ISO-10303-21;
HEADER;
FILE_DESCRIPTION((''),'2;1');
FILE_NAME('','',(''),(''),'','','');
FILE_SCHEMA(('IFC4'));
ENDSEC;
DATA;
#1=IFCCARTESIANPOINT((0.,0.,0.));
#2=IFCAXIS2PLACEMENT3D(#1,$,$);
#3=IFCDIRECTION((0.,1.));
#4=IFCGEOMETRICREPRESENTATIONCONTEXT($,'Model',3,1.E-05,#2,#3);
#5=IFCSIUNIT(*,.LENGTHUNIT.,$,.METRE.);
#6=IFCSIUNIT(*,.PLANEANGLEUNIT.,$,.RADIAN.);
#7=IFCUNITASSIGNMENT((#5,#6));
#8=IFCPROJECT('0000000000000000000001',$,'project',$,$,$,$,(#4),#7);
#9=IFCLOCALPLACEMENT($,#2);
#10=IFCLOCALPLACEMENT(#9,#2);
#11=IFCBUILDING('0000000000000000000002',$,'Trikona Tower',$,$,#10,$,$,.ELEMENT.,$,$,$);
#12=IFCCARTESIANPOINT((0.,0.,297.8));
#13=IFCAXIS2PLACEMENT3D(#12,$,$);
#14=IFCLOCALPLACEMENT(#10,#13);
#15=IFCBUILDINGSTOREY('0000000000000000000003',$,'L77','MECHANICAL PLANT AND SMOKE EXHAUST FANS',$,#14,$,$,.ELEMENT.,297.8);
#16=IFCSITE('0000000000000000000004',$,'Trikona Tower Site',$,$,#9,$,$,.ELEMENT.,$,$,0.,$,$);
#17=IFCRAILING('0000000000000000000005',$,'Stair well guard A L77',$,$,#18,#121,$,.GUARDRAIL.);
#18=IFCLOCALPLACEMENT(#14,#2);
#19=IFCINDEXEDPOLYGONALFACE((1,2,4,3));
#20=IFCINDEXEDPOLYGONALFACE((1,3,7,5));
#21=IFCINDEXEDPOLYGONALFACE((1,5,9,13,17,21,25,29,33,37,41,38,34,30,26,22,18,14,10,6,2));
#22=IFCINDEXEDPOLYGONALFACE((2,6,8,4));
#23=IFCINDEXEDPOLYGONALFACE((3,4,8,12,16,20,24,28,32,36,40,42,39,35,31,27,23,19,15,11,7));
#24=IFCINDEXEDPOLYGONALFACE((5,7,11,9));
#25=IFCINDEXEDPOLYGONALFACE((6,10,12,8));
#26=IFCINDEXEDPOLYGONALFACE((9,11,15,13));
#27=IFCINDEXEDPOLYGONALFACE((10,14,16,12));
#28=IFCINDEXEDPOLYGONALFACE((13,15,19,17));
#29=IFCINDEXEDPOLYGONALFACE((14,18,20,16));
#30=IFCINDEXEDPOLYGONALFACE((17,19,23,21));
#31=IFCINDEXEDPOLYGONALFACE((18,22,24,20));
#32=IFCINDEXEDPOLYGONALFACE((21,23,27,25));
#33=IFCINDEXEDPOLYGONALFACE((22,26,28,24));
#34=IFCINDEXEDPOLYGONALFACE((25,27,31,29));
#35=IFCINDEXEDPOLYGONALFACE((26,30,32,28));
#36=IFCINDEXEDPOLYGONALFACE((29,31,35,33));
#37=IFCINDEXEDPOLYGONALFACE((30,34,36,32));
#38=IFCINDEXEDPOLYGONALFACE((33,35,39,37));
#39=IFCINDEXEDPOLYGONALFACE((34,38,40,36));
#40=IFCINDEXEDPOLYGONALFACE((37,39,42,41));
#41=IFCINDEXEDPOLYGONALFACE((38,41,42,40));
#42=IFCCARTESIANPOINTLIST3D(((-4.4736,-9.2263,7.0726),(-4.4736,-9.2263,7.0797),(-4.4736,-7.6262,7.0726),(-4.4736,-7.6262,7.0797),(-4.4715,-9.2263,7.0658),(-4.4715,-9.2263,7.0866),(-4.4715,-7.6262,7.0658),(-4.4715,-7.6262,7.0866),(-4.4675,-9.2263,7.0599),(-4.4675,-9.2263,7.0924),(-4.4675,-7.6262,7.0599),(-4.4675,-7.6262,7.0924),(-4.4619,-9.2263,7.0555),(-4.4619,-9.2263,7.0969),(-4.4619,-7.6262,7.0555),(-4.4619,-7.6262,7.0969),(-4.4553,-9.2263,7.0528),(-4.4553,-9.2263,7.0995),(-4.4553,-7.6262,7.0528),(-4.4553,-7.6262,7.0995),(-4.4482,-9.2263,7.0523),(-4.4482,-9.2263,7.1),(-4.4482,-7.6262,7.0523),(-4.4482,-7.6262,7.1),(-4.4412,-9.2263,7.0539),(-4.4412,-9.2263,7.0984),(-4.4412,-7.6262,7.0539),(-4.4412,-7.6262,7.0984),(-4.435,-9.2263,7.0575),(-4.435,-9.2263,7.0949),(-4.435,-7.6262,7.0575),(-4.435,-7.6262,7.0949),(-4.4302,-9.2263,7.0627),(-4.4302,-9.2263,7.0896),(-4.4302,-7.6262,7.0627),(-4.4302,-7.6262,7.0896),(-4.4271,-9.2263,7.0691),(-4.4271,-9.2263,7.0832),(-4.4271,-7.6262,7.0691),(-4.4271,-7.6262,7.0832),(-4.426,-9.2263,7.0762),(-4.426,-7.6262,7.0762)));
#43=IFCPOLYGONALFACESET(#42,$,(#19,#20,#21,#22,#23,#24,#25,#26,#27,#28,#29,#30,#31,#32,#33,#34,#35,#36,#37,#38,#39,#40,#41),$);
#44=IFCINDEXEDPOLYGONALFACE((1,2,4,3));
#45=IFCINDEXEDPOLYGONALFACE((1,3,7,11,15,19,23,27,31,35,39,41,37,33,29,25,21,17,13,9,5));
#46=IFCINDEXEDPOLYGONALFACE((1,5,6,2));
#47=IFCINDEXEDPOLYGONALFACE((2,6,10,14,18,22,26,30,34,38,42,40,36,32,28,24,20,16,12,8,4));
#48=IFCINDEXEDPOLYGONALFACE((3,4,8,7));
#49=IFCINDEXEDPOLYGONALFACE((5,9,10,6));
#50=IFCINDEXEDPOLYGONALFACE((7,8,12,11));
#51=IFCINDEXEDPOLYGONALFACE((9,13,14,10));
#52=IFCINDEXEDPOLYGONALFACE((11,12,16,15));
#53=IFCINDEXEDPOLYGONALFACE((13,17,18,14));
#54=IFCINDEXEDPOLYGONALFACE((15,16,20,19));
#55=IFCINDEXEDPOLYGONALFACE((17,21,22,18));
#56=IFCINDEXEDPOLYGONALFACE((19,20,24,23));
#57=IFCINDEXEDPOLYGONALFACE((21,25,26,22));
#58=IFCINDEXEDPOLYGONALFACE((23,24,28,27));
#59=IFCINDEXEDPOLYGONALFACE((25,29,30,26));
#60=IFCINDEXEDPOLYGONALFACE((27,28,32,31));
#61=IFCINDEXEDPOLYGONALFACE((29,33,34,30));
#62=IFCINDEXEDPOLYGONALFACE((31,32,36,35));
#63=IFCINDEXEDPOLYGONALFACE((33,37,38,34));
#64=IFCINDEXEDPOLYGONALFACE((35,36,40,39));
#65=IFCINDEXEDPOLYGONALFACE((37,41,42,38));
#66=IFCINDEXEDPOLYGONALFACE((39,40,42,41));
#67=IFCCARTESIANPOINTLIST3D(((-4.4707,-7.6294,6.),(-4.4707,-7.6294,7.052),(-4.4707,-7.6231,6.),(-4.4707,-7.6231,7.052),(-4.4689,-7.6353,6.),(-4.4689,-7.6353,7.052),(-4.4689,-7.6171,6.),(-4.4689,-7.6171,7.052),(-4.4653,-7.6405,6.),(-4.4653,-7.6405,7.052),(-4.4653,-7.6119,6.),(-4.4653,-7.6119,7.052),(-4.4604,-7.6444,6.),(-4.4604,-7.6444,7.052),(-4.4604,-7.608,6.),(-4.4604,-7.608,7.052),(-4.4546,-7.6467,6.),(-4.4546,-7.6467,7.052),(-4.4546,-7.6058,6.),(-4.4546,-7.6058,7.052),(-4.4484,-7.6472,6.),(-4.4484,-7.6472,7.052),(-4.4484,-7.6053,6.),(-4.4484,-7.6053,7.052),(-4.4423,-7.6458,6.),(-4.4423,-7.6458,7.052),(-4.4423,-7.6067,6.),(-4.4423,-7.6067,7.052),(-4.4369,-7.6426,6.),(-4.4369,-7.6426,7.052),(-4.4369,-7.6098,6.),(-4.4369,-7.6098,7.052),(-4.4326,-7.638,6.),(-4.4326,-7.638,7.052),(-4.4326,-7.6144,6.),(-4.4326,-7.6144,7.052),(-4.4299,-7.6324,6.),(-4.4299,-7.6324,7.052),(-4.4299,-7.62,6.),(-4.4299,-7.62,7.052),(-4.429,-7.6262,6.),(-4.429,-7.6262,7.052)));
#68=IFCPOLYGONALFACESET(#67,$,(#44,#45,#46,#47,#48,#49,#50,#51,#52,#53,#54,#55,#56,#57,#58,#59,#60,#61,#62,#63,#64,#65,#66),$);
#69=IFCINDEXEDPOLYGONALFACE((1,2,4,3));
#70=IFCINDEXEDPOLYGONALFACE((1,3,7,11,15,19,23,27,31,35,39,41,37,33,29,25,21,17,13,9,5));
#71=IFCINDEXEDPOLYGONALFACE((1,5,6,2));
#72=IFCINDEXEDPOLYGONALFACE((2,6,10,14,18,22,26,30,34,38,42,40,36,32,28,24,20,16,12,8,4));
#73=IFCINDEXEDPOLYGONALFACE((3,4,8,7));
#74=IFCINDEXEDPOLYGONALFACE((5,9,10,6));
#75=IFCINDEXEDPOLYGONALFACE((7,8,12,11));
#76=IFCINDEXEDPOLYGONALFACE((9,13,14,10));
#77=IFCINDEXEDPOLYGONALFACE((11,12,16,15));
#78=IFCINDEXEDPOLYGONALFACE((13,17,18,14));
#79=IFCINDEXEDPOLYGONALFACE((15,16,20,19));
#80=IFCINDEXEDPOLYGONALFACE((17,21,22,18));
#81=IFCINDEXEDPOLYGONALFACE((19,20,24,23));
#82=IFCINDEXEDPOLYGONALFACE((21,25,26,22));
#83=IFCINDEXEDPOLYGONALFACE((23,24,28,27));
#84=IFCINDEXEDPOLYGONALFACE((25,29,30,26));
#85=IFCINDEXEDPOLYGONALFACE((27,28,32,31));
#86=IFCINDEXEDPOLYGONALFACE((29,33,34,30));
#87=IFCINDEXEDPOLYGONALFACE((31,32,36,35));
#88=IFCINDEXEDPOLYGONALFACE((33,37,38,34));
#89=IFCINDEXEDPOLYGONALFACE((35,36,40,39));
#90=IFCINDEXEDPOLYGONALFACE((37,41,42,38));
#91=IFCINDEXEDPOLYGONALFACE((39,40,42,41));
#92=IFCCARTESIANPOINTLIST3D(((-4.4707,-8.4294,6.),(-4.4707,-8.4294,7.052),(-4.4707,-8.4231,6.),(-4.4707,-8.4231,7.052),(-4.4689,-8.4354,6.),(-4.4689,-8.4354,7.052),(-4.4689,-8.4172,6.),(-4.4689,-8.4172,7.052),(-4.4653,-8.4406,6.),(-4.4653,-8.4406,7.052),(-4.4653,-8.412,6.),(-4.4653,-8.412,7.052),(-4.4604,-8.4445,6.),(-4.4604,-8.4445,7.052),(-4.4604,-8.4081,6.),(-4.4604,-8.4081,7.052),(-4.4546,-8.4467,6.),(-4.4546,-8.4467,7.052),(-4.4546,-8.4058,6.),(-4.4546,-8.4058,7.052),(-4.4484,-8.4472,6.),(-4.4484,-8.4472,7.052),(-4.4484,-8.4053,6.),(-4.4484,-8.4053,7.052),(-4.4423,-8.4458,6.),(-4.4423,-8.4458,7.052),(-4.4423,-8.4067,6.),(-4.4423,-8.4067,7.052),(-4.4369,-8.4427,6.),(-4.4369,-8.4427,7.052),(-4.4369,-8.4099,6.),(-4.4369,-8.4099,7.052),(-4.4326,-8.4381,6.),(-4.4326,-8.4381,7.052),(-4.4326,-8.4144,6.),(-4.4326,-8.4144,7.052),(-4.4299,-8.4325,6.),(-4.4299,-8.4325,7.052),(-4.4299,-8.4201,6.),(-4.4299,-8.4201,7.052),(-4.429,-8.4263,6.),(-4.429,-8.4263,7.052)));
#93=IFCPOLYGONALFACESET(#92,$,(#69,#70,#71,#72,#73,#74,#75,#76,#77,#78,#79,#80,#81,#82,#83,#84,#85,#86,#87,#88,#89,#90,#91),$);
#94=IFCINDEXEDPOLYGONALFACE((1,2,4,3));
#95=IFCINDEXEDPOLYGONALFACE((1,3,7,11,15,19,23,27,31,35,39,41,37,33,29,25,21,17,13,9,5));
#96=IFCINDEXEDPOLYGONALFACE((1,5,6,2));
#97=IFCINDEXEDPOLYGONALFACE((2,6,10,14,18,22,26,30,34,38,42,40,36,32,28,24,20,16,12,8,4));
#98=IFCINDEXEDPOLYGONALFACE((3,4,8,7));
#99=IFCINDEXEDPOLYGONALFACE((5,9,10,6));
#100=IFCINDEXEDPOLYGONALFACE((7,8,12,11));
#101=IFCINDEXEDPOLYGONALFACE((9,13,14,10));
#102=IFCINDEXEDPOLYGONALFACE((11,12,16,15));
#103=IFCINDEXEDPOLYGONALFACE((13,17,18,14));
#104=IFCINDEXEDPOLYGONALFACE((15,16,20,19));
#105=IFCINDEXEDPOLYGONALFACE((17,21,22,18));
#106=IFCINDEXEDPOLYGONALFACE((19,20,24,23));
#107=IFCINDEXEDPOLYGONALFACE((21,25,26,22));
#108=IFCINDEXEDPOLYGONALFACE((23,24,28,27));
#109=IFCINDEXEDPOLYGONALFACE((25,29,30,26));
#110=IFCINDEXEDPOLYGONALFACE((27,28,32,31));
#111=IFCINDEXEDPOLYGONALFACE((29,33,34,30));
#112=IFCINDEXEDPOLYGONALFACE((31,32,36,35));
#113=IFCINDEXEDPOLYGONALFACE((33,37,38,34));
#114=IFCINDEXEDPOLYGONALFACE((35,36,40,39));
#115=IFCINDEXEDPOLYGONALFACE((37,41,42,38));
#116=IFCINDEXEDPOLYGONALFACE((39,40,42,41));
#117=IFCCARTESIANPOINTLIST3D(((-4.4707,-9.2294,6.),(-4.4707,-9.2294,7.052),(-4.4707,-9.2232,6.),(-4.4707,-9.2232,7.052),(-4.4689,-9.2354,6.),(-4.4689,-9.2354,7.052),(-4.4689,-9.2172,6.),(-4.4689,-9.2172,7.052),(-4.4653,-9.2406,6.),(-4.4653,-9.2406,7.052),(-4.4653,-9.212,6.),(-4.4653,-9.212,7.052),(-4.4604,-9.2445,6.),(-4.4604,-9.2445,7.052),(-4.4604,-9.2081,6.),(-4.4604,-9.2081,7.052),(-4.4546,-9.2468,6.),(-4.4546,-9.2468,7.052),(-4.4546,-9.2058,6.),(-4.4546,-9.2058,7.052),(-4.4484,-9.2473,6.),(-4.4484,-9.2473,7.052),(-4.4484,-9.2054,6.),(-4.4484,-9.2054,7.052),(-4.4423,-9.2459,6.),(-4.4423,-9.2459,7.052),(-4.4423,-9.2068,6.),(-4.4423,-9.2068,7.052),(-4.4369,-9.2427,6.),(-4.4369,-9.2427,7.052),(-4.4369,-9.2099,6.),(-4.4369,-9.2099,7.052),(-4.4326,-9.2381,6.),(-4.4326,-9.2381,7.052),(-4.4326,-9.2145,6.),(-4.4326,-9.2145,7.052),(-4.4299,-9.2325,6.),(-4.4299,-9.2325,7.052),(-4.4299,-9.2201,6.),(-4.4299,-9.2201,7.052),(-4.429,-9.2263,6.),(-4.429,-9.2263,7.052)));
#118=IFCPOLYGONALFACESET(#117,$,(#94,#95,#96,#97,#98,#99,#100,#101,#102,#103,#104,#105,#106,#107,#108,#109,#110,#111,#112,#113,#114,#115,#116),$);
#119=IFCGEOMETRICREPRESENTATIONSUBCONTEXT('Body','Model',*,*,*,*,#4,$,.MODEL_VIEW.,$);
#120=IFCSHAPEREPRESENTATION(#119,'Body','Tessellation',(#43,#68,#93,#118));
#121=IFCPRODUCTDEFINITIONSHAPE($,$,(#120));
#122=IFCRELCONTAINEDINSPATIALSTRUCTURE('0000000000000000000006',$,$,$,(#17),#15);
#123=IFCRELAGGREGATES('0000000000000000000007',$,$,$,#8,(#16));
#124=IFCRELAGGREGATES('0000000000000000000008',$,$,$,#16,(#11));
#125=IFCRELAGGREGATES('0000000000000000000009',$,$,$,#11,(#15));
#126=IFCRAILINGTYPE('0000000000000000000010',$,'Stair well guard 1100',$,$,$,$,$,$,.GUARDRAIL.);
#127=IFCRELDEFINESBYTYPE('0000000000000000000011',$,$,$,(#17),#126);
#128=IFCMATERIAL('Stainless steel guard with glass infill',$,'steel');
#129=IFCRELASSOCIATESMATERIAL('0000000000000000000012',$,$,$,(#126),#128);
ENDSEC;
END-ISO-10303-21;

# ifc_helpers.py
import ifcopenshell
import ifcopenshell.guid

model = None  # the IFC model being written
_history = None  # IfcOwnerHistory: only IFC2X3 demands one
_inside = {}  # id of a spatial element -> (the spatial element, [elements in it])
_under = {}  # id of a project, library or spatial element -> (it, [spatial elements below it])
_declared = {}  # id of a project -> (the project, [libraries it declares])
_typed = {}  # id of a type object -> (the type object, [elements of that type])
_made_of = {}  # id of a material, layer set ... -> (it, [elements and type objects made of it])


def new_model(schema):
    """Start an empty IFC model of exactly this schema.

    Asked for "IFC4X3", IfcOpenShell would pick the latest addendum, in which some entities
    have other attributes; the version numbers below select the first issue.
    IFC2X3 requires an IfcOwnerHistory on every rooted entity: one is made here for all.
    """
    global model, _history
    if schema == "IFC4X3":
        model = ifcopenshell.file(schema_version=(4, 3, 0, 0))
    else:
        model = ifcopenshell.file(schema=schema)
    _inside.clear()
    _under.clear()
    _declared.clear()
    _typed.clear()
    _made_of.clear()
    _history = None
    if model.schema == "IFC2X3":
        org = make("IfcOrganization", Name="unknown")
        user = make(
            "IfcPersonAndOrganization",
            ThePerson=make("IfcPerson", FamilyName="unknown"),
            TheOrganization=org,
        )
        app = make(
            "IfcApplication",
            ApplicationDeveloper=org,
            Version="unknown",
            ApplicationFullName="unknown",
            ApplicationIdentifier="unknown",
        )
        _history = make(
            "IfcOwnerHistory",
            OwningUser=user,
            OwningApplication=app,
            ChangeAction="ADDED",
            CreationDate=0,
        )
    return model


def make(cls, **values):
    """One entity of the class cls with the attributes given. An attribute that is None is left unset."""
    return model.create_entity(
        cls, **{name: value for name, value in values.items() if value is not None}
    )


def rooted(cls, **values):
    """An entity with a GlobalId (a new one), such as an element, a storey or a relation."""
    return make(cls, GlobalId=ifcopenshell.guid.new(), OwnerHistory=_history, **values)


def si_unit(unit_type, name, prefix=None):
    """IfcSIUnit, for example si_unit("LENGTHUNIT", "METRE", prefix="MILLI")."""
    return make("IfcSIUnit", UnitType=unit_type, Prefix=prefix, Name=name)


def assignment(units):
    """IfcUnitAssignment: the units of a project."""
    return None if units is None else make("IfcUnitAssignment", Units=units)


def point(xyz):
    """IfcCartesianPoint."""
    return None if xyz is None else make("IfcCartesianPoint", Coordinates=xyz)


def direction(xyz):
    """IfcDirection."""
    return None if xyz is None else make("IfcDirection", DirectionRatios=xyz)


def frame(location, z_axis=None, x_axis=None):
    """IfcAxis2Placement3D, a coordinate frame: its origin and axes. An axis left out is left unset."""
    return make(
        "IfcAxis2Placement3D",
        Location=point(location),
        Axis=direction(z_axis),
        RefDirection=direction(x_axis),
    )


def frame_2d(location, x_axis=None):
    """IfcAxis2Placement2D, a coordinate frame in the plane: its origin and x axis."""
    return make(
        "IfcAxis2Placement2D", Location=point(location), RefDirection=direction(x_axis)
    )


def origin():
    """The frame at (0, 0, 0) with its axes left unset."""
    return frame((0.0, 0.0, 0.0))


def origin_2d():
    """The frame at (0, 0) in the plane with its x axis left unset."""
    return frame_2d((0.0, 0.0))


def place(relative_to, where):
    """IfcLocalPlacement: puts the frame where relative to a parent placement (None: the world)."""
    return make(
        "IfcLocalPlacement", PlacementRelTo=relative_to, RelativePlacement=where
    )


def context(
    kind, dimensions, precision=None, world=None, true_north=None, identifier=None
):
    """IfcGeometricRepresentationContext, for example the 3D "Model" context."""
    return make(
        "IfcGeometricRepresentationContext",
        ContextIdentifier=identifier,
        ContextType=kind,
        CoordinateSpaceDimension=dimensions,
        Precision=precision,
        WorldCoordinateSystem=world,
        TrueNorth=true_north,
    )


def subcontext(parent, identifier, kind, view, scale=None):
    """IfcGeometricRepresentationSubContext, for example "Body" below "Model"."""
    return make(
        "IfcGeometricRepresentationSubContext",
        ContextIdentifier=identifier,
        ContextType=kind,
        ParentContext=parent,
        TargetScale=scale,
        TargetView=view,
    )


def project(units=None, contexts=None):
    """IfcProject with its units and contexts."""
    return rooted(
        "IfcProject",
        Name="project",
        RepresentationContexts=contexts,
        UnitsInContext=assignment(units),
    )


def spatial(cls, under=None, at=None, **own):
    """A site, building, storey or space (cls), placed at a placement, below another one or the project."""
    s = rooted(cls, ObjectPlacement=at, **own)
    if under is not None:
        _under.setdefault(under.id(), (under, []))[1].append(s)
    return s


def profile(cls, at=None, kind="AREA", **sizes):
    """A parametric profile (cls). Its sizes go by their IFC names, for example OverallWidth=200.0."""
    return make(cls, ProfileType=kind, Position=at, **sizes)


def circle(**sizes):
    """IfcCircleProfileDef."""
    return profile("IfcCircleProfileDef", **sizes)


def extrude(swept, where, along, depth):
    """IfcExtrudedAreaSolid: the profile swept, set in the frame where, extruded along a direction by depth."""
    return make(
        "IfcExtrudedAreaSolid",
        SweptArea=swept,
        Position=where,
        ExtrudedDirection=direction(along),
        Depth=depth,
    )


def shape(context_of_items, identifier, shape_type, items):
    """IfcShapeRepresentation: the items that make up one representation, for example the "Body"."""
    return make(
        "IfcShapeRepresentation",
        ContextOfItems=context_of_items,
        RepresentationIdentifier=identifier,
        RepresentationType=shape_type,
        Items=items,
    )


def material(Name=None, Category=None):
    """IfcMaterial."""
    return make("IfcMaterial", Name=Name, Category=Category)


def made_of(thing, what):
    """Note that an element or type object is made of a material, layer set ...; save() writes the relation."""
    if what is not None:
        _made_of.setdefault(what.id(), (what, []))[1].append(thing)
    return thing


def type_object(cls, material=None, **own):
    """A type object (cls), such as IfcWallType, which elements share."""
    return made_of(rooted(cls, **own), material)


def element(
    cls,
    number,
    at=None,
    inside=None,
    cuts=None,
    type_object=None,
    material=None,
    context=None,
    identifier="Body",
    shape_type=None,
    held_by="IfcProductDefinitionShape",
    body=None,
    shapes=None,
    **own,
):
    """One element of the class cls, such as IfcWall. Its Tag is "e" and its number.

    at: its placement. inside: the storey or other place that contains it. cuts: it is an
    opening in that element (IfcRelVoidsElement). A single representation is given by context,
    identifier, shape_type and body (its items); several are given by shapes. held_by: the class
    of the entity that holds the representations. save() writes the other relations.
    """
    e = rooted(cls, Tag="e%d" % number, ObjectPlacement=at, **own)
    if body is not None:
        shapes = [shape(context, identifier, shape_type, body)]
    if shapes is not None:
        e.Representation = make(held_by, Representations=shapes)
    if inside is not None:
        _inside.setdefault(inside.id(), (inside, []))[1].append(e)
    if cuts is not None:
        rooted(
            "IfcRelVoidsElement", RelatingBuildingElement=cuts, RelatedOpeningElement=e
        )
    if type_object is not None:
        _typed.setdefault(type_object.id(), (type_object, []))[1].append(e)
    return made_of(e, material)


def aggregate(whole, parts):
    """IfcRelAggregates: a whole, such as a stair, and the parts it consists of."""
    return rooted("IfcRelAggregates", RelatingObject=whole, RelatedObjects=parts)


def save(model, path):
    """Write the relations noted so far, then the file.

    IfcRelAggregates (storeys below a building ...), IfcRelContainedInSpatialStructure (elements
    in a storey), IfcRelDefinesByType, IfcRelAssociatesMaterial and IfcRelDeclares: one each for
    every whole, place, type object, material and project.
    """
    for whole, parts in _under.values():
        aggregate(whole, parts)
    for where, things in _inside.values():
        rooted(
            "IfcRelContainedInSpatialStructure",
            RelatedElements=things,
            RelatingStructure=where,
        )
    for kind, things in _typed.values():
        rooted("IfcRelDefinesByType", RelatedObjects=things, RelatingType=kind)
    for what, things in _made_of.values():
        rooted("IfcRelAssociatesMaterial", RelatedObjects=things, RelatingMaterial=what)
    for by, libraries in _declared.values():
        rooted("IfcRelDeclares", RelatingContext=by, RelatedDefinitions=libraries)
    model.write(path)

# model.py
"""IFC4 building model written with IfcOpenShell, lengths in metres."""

from ifc_helpers import new_model, si_unit, direction, frame, origin, origin_2d, place, context, subcontext, project, spatial, circle, extrude, material, type_object, element, save


model = new_model("IFC4")

# Units and contexts
model_context = context("Model", 3, precision=1e-05, world=origin(), true_north=direction((0.0, 1.0)))
body_context = subcontext(model_context, "Body", "Model", "MODEL_VIEW")
ifc_project = project(units=[si_unit("LENGTHUNIT", "METRE"), si_unit("PLANEANGLEUNIT", "RADIAN")], contexts=[model_context])

# Site, building, storey
site_placement = place(None, origin())
site = spatial("IfcSite", under=ifc_project, at=site_placement, Name="Trikona Tower Site", CompositionType="ELEMENT", RefElevation=0.0)
building_placement = place(site_placement, origin())
building = spatial("IfcBuilding", under=site, at=building_placement, Name="Trikona Tower", CompositionType="ELEMENT")
storey_placement = place(building_placement, frame((0.0, 0.0, 297.8)))
storey = spatial("IfcBuildingStorey", under=building, at=storey_placement, Name="L77", Description="MECHANICAL PLANT AND SMOKE EXHAUST FANS", CompositionType="ELEMENT", Elevation=297.8)

# Railing
ifc_material_1 = material(Name="Stainless steel guard with glass infill", Category="steel")
railing_type_1 = type_object("IfcRailingType", Name="Stair well guard 1100", PredefinedType="GUARDRAIL", material=ifc_material_1)
railing_1_placement = place(storey_placement, frame((-4.45, -7.6262, 6.0)))
element("IfcRailing", 1, at=railing_1_placement, inside=storey, type_object=railing_type_1, Name="Stair well guard A L77", PredefinedType="GUARDRAIL", context=body_context, shape_type="SweptSolid", body=[
    extrude(circle(Radius=0.0239, at=origin_2d()), frame((0.0, 0.0, 1.0762), z_axis=(0.0, -1.0, 0.0), x_axis=(1.0, 0.0, 0.0)), (0.0, 0.0, 1.0), 1.6001),
    extrude(circle(Radius=0.021, at=origin_2d()), origin(), (0.0, 0.0, 1.0), 1.052),
    extrude(circle(Radius=0.021, at=origin_2d()), frame((0.0, -0.8, 0.0)), (0.0, 0.0, 1.0), 1.052),
    extrude(circle(Radius=0.021, at=origin_2d()), frame((0.0, -1.6001, 0.0)), (0.0, 0.0, 1.0), 1.052),
])

save(model, "model.ifc")
